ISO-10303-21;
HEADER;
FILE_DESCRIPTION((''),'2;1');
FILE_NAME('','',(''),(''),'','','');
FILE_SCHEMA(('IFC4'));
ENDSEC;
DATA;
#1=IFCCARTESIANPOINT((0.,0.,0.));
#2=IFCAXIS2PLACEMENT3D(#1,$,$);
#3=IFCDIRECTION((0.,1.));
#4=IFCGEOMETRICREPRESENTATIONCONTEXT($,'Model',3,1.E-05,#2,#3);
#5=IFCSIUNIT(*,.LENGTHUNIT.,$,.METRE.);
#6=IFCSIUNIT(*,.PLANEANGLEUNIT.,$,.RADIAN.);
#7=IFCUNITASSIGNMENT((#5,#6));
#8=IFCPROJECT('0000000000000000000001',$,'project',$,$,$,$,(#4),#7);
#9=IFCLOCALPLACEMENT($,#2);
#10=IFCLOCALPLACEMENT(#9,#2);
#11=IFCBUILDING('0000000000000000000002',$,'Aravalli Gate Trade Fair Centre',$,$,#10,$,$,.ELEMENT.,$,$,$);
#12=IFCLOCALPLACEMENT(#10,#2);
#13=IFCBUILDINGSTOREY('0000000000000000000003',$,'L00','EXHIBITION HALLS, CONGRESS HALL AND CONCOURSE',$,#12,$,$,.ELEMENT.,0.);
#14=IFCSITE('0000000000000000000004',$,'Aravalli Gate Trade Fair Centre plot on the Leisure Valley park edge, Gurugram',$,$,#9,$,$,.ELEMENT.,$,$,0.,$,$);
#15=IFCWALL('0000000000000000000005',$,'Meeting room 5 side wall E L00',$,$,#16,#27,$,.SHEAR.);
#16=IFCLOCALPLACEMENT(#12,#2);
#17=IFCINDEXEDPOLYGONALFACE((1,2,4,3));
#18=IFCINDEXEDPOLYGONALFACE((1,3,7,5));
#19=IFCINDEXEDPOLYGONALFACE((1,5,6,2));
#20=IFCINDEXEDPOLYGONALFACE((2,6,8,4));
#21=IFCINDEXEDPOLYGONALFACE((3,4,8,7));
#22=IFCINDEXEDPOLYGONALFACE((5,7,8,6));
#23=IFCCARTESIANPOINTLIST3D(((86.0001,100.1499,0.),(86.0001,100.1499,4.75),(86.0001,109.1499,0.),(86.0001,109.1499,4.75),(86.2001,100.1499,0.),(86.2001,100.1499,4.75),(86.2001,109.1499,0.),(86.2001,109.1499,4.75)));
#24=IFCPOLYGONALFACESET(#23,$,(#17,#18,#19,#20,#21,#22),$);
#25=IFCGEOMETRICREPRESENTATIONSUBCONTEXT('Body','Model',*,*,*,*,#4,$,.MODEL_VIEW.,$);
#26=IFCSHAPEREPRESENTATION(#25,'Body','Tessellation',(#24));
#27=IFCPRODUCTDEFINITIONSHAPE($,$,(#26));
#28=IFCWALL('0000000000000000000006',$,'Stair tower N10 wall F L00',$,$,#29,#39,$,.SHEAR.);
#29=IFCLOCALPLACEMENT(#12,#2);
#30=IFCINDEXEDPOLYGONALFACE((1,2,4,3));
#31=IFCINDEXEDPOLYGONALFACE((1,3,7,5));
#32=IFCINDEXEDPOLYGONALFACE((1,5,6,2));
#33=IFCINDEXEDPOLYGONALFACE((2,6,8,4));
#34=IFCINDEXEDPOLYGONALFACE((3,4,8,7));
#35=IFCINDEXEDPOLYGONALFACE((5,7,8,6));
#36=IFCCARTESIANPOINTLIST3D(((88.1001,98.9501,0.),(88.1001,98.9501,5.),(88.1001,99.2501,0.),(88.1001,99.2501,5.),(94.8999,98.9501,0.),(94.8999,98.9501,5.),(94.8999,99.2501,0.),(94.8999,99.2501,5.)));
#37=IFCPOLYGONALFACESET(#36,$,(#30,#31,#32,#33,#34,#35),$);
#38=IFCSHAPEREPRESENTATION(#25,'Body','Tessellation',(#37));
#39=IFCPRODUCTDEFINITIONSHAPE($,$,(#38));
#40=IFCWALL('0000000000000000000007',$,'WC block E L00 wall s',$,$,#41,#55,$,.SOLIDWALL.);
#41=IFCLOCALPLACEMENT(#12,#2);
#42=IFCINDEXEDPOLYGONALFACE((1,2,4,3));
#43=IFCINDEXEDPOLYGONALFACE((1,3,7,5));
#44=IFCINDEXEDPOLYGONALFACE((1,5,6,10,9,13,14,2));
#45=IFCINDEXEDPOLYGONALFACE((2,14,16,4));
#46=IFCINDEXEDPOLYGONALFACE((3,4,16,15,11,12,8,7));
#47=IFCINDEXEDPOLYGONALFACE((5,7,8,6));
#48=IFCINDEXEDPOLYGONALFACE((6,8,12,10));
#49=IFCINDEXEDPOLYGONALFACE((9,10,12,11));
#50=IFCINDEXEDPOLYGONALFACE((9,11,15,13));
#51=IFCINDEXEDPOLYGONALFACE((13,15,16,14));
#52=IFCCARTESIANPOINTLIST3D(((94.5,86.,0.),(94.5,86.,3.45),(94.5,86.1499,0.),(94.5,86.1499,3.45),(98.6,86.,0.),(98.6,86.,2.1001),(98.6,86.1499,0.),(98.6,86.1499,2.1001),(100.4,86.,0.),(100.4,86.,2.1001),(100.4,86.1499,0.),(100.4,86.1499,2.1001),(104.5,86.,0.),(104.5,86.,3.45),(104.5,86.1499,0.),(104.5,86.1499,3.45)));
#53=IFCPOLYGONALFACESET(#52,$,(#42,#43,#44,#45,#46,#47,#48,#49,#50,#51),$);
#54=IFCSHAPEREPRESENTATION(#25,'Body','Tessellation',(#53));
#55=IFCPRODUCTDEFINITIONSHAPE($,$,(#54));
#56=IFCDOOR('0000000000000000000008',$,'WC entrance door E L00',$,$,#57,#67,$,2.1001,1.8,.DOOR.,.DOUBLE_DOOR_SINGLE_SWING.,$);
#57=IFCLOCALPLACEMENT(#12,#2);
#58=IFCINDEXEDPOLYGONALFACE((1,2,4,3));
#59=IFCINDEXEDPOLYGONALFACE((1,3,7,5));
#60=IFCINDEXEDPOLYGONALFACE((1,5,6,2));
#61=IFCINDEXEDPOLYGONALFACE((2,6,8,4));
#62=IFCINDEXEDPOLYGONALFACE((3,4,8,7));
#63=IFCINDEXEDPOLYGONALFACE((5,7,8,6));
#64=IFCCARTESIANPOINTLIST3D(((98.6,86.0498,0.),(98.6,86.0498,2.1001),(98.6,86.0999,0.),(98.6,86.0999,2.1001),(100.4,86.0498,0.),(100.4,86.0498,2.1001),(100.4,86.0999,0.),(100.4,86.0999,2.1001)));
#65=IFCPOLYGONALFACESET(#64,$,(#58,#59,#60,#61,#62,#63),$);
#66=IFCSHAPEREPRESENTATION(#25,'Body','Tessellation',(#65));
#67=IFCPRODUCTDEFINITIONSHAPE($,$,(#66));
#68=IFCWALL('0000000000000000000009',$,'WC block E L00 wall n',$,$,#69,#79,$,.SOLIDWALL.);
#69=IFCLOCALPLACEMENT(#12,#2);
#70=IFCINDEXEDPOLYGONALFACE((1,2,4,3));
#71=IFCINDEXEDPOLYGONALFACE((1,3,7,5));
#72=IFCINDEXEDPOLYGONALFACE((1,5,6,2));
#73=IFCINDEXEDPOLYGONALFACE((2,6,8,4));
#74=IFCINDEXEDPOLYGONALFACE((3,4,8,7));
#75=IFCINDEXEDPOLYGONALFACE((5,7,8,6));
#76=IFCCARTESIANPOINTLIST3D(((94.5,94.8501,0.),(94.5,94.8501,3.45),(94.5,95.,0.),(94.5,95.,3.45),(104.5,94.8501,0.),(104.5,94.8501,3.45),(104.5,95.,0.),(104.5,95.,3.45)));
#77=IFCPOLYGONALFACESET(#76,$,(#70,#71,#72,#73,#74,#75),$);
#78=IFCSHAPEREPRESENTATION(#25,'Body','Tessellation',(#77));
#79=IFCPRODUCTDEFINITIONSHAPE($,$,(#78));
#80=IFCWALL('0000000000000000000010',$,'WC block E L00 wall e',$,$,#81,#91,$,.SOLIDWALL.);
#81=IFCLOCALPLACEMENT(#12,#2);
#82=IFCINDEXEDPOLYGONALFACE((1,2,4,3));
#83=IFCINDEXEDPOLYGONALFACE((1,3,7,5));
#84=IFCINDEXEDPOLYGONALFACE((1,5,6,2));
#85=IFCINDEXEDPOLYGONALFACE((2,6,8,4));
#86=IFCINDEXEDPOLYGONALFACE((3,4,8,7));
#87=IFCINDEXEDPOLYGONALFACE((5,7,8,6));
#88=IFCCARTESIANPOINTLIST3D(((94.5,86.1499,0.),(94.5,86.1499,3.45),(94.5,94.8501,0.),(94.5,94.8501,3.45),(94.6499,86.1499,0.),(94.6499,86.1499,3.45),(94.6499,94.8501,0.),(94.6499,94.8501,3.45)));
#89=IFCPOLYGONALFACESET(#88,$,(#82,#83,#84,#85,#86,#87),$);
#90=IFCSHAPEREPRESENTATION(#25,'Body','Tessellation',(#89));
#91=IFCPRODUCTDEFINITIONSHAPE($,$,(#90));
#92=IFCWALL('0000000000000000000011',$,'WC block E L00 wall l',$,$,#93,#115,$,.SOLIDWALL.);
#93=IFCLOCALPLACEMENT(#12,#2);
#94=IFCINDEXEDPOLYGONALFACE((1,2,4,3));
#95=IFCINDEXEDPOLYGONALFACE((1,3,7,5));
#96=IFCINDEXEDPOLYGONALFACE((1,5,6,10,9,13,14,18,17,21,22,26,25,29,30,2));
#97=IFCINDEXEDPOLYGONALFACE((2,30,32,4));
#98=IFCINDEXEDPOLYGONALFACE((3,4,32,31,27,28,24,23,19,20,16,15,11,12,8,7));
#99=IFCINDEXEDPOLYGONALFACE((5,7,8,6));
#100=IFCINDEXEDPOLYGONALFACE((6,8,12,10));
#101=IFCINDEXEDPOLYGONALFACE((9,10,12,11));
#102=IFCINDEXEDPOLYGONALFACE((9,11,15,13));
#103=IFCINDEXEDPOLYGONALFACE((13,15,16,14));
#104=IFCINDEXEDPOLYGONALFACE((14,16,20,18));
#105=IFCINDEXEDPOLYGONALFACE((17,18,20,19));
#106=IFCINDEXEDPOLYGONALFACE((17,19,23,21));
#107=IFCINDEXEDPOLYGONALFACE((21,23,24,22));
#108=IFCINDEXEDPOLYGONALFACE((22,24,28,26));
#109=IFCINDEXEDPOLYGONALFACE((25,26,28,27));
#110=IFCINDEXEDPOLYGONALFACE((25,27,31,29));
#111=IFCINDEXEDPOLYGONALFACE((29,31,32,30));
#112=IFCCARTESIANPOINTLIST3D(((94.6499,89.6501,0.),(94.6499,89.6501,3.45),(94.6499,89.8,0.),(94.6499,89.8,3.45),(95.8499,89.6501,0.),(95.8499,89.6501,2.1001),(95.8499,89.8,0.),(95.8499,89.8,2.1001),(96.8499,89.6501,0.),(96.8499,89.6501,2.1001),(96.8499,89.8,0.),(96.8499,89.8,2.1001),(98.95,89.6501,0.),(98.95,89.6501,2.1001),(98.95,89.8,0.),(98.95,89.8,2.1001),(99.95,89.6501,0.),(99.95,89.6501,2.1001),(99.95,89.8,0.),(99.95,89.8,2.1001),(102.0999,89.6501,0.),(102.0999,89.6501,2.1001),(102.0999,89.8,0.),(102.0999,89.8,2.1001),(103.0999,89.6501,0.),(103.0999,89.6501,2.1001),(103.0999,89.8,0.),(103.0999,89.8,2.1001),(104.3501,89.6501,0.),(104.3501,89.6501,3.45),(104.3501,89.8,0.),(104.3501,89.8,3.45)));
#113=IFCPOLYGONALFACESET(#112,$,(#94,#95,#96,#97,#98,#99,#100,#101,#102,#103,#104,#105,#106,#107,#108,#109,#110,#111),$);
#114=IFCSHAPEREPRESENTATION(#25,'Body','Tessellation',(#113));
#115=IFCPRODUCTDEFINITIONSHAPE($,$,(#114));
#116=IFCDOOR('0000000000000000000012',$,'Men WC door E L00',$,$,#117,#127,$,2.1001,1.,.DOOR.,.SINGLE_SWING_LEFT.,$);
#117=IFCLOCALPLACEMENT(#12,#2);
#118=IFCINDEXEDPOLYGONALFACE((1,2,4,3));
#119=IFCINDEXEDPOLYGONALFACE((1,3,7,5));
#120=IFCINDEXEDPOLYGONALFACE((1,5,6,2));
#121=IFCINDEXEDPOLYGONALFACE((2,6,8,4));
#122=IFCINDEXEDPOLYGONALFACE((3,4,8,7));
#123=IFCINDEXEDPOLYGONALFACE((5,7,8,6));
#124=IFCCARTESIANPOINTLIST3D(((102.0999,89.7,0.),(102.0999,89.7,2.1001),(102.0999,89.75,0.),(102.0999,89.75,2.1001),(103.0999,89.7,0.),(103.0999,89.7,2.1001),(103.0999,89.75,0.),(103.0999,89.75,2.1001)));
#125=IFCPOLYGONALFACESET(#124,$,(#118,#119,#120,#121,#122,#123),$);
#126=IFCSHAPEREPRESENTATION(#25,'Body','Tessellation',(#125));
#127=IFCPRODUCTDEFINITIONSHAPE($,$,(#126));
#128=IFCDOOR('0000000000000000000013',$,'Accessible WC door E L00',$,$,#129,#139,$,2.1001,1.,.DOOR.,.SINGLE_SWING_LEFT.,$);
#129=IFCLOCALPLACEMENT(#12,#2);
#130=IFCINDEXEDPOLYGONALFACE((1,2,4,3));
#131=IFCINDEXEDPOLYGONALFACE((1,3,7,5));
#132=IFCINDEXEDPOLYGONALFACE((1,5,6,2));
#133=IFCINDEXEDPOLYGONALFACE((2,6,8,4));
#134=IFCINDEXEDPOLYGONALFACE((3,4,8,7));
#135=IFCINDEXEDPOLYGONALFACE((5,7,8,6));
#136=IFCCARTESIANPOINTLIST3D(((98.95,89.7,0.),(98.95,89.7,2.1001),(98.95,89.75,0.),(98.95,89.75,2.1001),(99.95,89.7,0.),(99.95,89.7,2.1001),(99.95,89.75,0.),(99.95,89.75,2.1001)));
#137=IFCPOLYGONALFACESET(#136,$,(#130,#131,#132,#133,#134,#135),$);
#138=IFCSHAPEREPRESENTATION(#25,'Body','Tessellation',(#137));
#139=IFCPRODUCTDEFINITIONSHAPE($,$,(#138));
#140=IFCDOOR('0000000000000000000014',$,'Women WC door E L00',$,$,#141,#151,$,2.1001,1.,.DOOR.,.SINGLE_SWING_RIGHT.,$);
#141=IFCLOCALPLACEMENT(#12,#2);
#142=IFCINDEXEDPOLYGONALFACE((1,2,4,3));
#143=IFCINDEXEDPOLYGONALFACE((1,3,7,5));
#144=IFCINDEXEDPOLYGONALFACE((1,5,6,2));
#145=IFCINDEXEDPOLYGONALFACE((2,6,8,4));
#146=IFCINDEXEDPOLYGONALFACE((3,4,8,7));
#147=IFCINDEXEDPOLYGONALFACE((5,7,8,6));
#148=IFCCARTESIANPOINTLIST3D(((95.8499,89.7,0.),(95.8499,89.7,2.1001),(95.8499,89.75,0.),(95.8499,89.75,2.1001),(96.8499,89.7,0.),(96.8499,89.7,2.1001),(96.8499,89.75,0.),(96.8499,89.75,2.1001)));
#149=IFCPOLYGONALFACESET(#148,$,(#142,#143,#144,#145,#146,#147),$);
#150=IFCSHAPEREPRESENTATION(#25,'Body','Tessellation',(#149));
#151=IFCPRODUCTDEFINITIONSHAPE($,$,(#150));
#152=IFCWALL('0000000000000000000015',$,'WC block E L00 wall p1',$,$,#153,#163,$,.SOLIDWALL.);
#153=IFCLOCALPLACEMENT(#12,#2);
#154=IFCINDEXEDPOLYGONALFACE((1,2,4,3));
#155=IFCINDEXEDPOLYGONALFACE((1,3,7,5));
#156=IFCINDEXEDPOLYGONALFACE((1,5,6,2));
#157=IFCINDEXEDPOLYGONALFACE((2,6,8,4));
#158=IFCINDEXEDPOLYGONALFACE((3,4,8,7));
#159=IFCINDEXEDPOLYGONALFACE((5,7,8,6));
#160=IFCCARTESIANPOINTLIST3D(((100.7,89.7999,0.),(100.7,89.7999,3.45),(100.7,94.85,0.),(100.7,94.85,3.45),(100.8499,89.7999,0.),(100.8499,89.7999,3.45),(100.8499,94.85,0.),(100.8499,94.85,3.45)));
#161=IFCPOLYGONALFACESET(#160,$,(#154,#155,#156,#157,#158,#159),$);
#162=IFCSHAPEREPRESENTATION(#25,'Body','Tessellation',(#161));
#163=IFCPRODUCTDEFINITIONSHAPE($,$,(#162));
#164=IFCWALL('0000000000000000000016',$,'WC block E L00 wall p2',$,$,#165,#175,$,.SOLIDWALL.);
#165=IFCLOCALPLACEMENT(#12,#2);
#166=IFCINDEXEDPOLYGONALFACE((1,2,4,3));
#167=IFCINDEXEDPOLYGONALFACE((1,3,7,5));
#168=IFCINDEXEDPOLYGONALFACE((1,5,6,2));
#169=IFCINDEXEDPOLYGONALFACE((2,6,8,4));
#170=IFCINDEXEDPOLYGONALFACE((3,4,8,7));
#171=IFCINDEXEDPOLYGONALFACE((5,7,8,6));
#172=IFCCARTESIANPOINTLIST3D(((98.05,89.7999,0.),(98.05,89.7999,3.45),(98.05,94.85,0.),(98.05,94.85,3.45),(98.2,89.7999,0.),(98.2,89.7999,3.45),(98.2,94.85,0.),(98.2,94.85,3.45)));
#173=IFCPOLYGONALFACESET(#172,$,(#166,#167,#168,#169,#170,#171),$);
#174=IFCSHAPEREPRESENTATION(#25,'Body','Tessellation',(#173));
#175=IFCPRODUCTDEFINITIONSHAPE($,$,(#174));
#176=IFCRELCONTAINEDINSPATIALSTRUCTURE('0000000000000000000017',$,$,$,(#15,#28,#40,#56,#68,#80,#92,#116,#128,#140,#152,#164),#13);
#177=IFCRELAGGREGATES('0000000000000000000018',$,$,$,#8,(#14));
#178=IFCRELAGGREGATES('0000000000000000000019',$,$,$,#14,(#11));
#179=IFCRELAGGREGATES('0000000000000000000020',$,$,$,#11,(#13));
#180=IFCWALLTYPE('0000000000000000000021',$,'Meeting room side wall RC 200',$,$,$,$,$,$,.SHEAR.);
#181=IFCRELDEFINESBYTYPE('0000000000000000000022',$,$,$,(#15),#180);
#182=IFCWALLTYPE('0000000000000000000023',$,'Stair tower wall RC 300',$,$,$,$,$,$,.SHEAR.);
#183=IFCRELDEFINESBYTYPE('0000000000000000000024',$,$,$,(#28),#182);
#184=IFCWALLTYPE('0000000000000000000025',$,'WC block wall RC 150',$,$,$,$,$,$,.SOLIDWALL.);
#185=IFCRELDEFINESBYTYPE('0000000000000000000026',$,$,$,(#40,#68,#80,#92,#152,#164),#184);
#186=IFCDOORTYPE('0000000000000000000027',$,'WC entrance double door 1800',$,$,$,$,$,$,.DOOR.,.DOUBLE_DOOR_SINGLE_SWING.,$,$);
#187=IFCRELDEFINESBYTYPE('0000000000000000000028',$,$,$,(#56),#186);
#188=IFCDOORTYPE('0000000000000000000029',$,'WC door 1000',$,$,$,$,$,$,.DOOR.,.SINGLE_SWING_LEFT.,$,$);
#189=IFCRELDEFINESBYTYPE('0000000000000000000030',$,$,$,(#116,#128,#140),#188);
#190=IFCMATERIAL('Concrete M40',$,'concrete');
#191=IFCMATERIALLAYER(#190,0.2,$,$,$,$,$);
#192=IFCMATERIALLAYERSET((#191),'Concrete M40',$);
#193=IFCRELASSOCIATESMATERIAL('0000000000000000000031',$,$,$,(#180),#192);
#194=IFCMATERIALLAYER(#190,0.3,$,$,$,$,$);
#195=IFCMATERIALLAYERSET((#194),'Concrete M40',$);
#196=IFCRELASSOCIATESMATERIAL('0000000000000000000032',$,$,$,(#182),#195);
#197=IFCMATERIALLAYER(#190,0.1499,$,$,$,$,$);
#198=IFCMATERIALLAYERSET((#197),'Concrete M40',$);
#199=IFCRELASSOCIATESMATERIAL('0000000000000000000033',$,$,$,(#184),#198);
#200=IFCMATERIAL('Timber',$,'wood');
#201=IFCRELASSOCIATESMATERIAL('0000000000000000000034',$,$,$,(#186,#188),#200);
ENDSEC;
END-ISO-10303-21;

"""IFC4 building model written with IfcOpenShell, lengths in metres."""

from ifc_helpers import new_model, si_unit, direction, frame, frame_2d, origin, place, context, subcontext, project, spatial, rectangle, extrude, material, layer, layer_set, type_object, element, fill, save


model = new_model("IFC4")

# Units and contexts
model_context = context("Model", 3, precision=1e-05, world=origin(), true_north=direction((0.0, 1.0)))
body_context = subcontext(model_context, "Body", "Model", "MODEL_VIEW")
ifc_project = project(units=[si_unit("LENGTHUNIT", "METRE"), si_unit("PLANEANGLEUNIT", "RADIAN")], contexts=[model_context])

# Site, building, storey
site_placement = place(None, origin())
site = spatial("IfcSite", under=ifc_project, at=site_placement, Name="Aravalli Gate Trade Fair Centre plot on the Leisure Valley park edge, Gurugram", CompositionType="ELEMENT", RefElevation=0.0)
building_placement = place(site_placement, origin())
building = spatial("IfcBuilding", under=site, at=building_placement, Name="Aravalli Gate Trade Fair Centre", CompositionType="ELEMENT")
storey_placement = place(building_placement, origin())
storey = spatial("IfcBuildingStorey", under=building, at=storey_placement, Name="L00", Description="EXHIBITION HALLS, CONGRESS HALL AND CONCOURSE", CompositionType="ELEMENT", Elevation=0.0)

# Walls
ifc_material_1 = material(Name="Concrete M40", Category="concrete")
ifc_layer_1 = layer(ifc_material_1, 0.2)
ifc_layer_set_1 = layer_set([ifc_layer_1], Name="Concrete M40")
wall_type_1 = type_object("IfcWallType", Name="Meeting room side wall RC 200", PredefinedType="SHEAR", material=ifc_layer_set_1)
wall_1_placement = place(storey_placement, frame((86.1001, 100.1499, 0.0), z_axis=(0.0, 0.0, 1.0), x_axis=(0.0, 1.0, 0.0)))
element("IfcWall", 1, at=wall_1_placement, inside=storey, type_object=wall_type_1, Name="Meeting room 5 side wall E L00", PredefinedType="SHEAR", context=body_context, shape_type="SweptSolid", body=[
    extrude(rectangle(XDim=9.0, YDim=0.2, at=frame_2d((4.5, 0.0))), origin(), (0.0, 0.0, 1.0), 4.75),
])
ifc_layer_2 = layer(ifc_material_1, 0.3)
ifc_layer_set_2 = layer_set([ifc_layer_2], Name="Concrete M40")
wall_type_2 = type_object("IfcWallType", Name="Stair tower wall RC 300", PredefinedType="SHEAR", material=ifc_layer_set_2)
wall_2_placement = place(storey_placement, frame((88.1001, 99.1001, 0.0), z_axis=(0.0, 0.0, 1.0), x_axis=(1.0, 0.0, 0.0)))
element("IfcWall", 2, at=wall_2_placement, inside=storey, type_object=wall_type_2, Name="Stair tower N10 wall F L00", PredefinedType="SHEAR", context=body_context, shape_type="SweptSolid", body=[
    extrude(rectangle(XDim=6.7998, YDim=0.3, at=frame_2d((3.3999, 0.0))), origin(), (0.0, 0.0, 1.0), 5.0),
])

# Wall, opening, door
ifc_layer_3 = layer(ifc_material_1, 0.1499)
ifc_layer_set_3 = layer_set([ifc_layer_3], Name="Concrete M40")
wall_type_3 = type_object("IfcWallType", Name="WC block wall RC 150", PredefinedType="SOLIDWALL", material=ifc_layer_set_3)
wall_3_placement = place(storey_placement, frame((94.5, 86.075, 0.0), z_axis=(0.0, 0.0, 1.0), x_axis=(1.0, 0.0, 0.0)))
wall_3 = element("IfcWall", 3, at=wall_3_placement, inside=storey, type_object=wall_type_3, Name="WC block E L00 wall s", PredefinedType="SOLIDWALL", context=body_context, shape_type="SweptSolid", body=[
    extrude(rectangle(XDim=10.0, YDim=0.1499, at=frame_2d((5.0, 0.0))), origin(), (0.0, 0.0, 1.0), 3.45),
])
opening_1_placement = place(wall_3_placement, frame((4.1001, 0.0, 0.0)))
opening_1 = element("IfcOpeningElement", 4, at=opening_1_placement, cuts=wall_3, PredefinedType="OPENING", context=body_context, shape_type="SweptSolid", body=[
    extrude(rectangle(XDim=1.8, YDim=2.1001, at=frame_2d((0.8999, 1.05))), frame((0.0, 0.085, 0.0), z_axis=(0.0, -1.0, 0.0), x_axis=(1.0, 0.0, 0.0)), (0.0, 0.0, 1.0), 0.1699),
])
ifc_material_2 = material(Name="Timber", Category="wood")
door_type_1 = type_object("IfcDoorType", Name="WC entrance double door 1800", OperationType="DOUBLE_DOOR_SINGLE_SWING", PredefinedType="DOOR", material=ifc_material_2)
door_1_placement = place(opening_1_placement, origin())
door_1 = element("IfcDoor", 5, at=door_1_placement, inside=storey, type_object=door_type_1, Name="WC entrance door E L00", OperationType="DOUBLE_DOOR_SINGLE_SWING", OverallHeight=2.1001, OverallWidth=1.8, PredefinedType="DOOR", context=body_context, shape_type="SweptSolid", body=[
    extrude(rectangle(XDim=1.8, YDim=2.1001, at=frame_2d((0.8999, 1.05))), frame((0.0, 0.0249, 0.0), z_axis=(0.0, -1.0, 0.0), x_axis=(1.0, 0.0, 0.0)), (0.0, 0.0, 1.0), 0.05),
])
fill(opening_1, door_1)

# Walls
wall_4_placement = place(storey_placement, frame((94.5, 94.925, 0.0), z_axis=(0.0, 0.0, 1.0), x_axis=(1.0, 0.0, 0.0)))
element("IfcWall", 6, at=wall_4_placement, inside=storey, type_object=wall_type_3, Name="WC block E L00 wall n", PredefinedType="SOLIDWALL", context=body_context, shape_type="SweptSolid", body=[
    extrude(rectangle(XDim=10.0, YDim=0.1499, at=frame_2d((5.0, 0.0))), origin(), (0.0, 0.0, 1.0), 3.45),
])
wall_5_placement = place(storey_placement, frame((94.575, 86.1499, 0.0), z_axis=(0.0, 0.0, 1.0), x_axis=(0.0, 1.0, 0.0)))
element("IfcWall", 7, at=wall_5_placement, inside=storey, type_object=wall_type_3, Name="WC block E L00 wall e", PredefinedType="SOLIDWALL", context=body_context, shape_type="SweptSolid", body=[
    extrude(rectangle(XDim=8.7002, YDim=0.1499, at=frame_2d((4.3501, 0.0))), origin(), (0.0, 0.0, 1.0), 3.45),
])

# Wall, openings, doors
wall_6_placement = place(storey_placement, frame((94.6499, 89.7251, 0.0), z_axis=(0.0, 0.0, 1.0), x_axis=(1.0, 0.0, 0.0)))
wall_6 = element("IfcWall", 8, at=wall_6_placement, inside=storey, type_object=wall_type_3, Name="WC block E L00 wall l", PredefinedType="SOLIDWALL", context=body_context, shape_type="SweptSolid", body=[
    extrude(rectangle(XDim=9.7002, YDim=0.1499, at=frame_2d((4.8501, 0.0))), origin(), (0.0, 0.0, 1.0), 3.45),
])
opening_2_placement = place(wall_6_placement, frame((7.45, 0.0, 0.0)))
opening_2 = element("IfcOpeningElement", 9, at=opening_2_placement, cuts=wall_6, PredefinedType="OPENING", context=body_context, shape_type="SweptSolid", body=[
    extrude(rectangle(XDim=1.0, YDim=2.1001, at=frame_2d((0.5, 1.05))), frame((0.0, 0.085, 0.0), z_axis=(0.0, -1.0, 0.0), x_axis=(1.0, 0.0, 0.0)), (0.0, 0.0, 1.0), 0.1699),
])
opening_3_placement = place(wall_6_placement, frame((4.3, 0.0, 0.0)))
opening_3 = element("IfcOpeningElement", 10, at=opening_3_placement, cuts=wall_6, PredefinedType="OPENING", context=body_context, shape_type="SweptSolid", body=[
    extrude(rectangle(XDim=1.0, YDim=2.1001, at=frame_2d((0.5, 1.05))), frame((0.0, 0.085, 0.0), z_axis=(0.0, -1.0, 0.0), x_axis=(1.0, 0.0, 0.0)), (0.0, 0.0, 1.0), 0.1699),
])
opening_4_placement = place(wall_6_placement, frame((1.2, 0.0, 0.0)))
opening_4 = element("IfcOpeningElement", 11, at=opening_4_placement, cuts=wall_6, PredefinedType="OPENING", context=body_context, shape_type="SweptSolid", body=[
    extrude(rectangle(XDim=1.0, YDim=2.1001, at=frame_2d((0.5, 1.05))), frame((0.0, 0.085, 0.0), z_axis=(0.0, -1.0, 0.0), x_axis=(1.0, 0.0, 0.0)), (0.0, 0.0, 1.0), 0.1699),
])
door_type_2 = type_object("IfcDoorType", Name="WC door 1000", OperationType="SINGLE_SWING_LEFT", PredefinedType="DOOR", material=ifc_material_2)
door_2_placement = place(opening_2_placement, origin())
door_2 = element("IfcDoor", 12, at=door_2_placement, inside=storey, type_object=door_type_2, Name="Men WC door E L00", OperationType="SINGLE_SWING_LEFT", OverallHeight=2.1001, OverallWidth=1.0, PredefinedType="DOOR", context=body_context, shape_type="SweptSolid", body=[
    extrude(rectangle(XDim=1.0, YDim=2.1001, at=frame_2d((0.5, 1.05))), frame((0.0, 0.0249, 0.0), z_axis=(0.0, -1.0, 0.0), x_axis=(1.0, 0.0, 0.0)), (0.0, 0.0, 1.0), 0.05),
])
fill(opening_2, door_2)
door_3_placement = place(opening_3_placement, origin())
door_3 = element("IfcDoor", 13, at=door_3_placement, inside=storey, type_object=door_type_2, Name="Accessible WC door E L00", OperationType="SINGLE_SWING_LEFT", OverallHeight=2.1001, OverallWidth=1.0, PredefinedType="DOOR", context=body_context, shape_type="SweptSolid", body=[
    extrude(rectangle(XDim=1.0, YDim=2.1001, at=frame_2d((0.5, 1.05))), frame((0.0, 0.0249, 0.0), z_axis=(0.0, -1.0, 0.0), x_axis=(1.0, 0.0, 0.0)), (0.0, 0.0, 1.0), 0.05),
])
fill(opening_3, door_3)
door_4_placement = place(opening_4_placement, origin())
door_4 = element("IfcDoor", 14, at=door_4_placement, inside=storey, type_object=door_type_2, Name="Women WC door E L00", OperationType="SINGLE_SWING_RIGHT", OverallHeight=2.1001, OverallWidth=1.0, PredefinedType="DOOR", context=body_context, shape_type="SweptSolid", body=[
    extrude(rectangle(XDim=1.0, YDim=2.1001, at=frame_2d((0.5, 1.05))), frame((0.0, 0.0249, 0.0), z_axis=(0.0, -1.0, 0.0), x_axis=(1.0, 0.0, 0.0)), (0.0, 0.0, 1.0), 0.05),
])
fill(opening_4, door_4)

# Walls
for number, where, z_axis, x_axis, name in (
    (15, (100.7749, 89.8, 0.0), (0.0, 0.0, 1.0), (0.0, 1.0, 0.0), "WC block E L00 wall p1"),
    (16, (98.125, 89.8, 0.0), (0.0, 0.0, 1.0), (0.0, 1.0, 0.0), "WC block E L00 wall p2"),
):
    element("IfcWall", number, at=place(storey_placement, frame(where, z_axis=z_axis, x_axis=x_axis)), inside=storey, type_object=wall_type_3, Name=name, PredefinedType="SOLIDWALL", context=body_context, shape_type="SweptSolid", body=[
        extrude(rectangle(XDim=5.05, YDim=0.1499, at=frame_2d((2.5249, 0.0))), origin(), (0.0, 0.0, 1.0), 3.45),
    ])

save(model, "model.ifc")
